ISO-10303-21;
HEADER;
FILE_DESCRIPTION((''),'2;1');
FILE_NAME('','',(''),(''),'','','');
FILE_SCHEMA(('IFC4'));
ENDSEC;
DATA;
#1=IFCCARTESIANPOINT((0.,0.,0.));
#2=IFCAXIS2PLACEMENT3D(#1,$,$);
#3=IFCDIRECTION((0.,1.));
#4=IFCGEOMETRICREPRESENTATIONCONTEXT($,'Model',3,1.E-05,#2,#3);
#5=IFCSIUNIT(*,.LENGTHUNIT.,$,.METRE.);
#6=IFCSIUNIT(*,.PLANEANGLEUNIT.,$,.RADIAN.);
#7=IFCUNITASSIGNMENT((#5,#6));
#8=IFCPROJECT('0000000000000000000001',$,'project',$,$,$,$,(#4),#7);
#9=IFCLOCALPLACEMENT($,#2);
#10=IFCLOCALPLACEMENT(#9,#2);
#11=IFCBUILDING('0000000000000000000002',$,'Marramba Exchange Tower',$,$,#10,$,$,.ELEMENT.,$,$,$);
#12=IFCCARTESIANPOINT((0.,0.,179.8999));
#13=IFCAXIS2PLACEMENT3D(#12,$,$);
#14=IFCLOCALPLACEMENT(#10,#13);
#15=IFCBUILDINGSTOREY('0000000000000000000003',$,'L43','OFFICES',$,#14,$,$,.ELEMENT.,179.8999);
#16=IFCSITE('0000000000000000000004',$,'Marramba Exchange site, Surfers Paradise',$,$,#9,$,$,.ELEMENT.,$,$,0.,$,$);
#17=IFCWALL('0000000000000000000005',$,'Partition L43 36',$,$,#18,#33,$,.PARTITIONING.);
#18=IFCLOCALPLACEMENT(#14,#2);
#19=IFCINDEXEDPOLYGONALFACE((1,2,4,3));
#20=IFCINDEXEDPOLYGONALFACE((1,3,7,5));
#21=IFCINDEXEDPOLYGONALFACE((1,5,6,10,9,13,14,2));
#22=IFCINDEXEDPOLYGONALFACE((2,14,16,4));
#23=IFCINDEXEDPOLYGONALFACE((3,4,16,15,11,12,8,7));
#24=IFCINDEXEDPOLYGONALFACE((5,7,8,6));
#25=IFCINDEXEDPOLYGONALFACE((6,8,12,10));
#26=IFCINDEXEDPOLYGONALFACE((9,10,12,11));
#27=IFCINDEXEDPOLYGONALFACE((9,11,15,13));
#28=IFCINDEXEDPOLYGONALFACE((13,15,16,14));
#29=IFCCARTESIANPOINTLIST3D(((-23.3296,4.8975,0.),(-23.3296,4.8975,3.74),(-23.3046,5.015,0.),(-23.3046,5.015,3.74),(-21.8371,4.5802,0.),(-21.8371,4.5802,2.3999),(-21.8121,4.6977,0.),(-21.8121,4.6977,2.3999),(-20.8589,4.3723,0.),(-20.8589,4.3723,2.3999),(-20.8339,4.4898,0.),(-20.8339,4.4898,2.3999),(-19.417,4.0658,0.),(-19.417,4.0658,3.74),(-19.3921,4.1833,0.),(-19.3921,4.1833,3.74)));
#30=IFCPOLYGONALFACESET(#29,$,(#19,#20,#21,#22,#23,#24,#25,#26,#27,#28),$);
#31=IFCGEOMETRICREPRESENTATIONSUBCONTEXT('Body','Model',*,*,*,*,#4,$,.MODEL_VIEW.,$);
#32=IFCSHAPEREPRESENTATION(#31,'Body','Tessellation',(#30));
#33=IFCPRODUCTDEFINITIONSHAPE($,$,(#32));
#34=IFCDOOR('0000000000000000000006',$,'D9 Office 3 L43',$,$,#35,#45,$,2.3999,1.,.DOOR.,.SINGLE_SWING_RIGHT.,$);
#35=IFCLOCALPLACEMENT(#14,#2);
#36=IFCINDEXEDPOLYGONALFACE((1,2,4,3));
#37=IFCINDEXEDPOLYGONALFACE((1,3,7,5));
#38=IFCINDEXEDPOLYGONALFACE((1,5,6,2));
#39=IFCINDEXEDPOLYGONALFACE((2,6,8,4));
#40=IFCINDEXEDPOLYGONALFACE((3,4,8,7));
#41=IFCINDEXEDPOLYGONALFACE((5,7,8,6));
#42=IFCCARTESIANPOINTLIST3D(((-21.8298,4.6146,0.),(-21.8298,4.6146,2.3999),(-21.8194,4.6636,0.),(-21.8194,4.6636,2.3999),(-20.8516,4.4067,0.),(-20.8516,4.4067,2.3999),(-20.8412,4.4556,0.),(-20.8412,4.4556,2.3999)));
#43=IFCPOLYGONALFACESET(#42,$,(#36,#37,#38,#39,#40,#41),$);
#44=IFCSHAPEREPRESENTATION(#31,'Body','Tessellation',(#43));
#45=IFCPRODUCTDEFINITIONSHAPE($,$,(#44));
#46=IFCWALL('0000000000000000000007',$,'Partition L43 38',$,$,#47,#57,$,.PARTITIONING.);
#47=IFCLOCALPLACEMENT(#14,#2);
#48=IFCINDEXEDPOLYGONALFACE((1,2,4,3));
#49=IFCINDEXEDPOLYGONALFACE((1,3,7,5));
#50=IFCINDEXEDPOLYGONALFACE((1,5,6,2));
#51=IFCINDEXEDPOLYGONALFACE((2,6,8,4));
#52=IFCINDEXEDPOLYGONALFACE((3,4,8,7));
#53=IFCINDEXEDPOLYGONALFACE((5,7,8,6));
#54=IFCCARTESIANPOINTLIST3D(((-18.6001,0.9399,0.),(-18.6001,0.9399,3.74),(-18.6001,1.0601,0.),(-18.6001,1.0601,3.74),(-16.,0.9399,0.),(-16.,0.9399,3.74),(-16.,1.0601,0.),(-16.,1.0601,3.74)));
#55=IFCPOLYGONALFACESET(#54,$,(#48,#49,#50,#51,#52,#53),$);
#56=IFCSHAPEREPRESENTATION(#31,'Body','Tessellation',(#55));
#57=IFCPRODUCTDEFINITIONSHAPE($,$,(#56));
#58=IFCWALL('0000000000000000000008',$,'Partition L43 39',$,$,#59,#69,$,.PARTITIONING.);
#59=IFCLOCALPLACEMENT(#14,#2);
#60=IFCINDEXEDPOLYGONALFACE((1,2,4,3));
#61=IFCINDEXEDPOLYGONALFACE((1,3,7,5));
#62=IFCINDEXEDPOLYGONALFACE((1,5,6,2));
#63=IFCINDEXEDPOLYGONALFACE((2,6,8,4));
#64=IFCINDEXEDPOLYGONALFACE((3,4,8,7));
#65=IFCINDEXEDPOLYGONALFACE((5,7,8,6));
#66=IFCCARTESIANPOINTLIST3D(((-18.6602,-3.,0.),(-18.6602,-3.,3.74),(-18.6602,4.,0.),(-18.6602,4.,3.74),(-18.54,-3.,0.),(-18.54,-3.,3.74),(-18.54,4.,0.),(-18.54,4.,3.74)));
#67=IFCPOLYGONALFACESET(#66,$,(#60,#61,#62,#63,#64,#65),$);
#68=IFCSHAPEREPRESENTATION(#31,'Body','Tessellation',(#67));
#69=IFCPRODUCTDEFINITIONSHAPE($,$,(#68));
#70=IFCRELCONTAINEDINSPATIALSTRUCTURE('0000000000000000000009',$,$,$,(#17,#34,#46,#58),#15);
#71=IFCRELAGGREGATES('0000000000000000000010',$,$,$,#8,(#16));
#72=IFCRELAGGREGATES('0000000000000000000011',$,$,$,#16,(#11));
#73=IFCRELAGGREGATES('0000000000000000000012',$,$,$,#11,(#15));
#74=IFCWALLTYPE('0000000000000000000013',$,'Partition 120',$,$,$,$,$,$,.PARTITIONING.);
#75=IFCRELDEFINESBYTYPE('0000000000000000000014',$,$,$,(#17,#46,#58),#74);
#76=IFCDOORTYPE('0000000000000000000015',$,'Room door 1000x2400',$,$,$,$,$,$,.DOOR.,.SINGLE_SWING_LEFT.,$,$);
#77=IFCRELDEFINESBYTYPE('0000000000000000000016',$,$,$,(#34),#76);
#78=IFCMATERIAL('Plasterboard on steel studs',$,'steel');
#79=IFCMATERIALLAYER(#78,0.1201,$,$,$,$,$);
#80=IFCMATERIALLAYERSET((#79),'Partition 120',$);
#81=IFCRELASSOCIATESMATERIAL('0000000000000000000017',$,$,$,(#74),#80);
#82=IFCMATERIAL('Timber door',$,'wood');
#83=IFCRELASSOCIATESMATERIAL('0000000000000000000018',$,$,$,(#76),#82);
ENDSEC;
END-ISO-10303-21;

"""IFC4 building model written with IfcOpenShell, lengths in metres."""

from ifc_helpers import new_model, si_unit, direction, frame, frame_2d, origin, place, context, subcontext, project, spatial, rectangle, extrude, material, layer, layer_set, type_object, element, fill, save


model = new_model("IFC4")

# Units and contexts
model_context = context("Model", 3, precision=1e-05, world=origin(), true_north=direction((0.0, 1.0)))
body_context = subcontext(model_context, "Body", "Model", "MODEL_VIEW")
ifc_project = project(units=[si_unit("LENGTHUNIT", "METRE"), si_unit("PLANEANGLEUNIT", "RADIAN")], contexts=[model_context])

# Site, building, storey
site_placement = place(None, origin())
site = spatial("IfcSite", under=ifc_project, at=site_placement, Name="Marramba Exchange site, Surfers Paradise", CompositionType="ELEMENT", RefElevation=0.0)
building_placement = place(site_placement, origin())
building = spatial("IfcBuilding", under=site, at=building_placement, Name="Marramba Exchange Tower", CompositionType="ELEMENT")
storey_placement = place(building_placement, frame((0.0, 0.0, 179.8999)))
storey = spatial("IfcBuildingStorey", under=building, at=storey_placement, Name="L43", Description="OFFICES", CompositionType="ELEMENT", Elevation=179.8999)

# Wall, opening, door
ifc_material_1 = material(Name="Plasterboard on steel studs", Category="steel")
ifc_layer_1 = layer(ifc_material_1, 0.1201)
ifc_layer_set_1 = layer_set([ifc_layer_1], Name="Partition 120")
wall_type_1 = type_object("IfcWallType", Name="Partition 120", PredefinedType="PARTITIONING", material=ifc_layer_set_1)
ifc_material_2 = material(Name="Timber door", Category="wood")
door_type_1 = type_object("IfcDoorType", Name="Room door 1000x2400", OperationType="SINGLE_SWING_LEFT", PredefinedType="DOOR", material=ifc_material_2)
wall_1_placement = place(storey_placement, frame((-19.4045, 4.1245, 0.0), z_axis=(0.0, 0.0, 1.0), x_axis=(-0.978141, 0.207945, 0.0)))
wall_1 = element("IfcWall", 1, at=wall_1_placement, inside=storey, type_object=wall_type_1, Name="Partition L43 36", PredefinedType="PARTITIONING", context=body_context, shape_type="SweptSolid", body=[
    extrude(rectangle(XDim=4.0, YDim=0.1201, at=frame_2d((2.0, 0.0))), origin(), (0.0, 0.0, 1.0), 3.74),
])
opening_1_placement = place(wall_1_placement, frame((1.4741, 0.0, 0.0)))
opening_1 = element("IfcOpeningElement", 2, at=opening_1_placement, cuts=wall_1, PredefinedType="OPENING", context=body_context, shape_type="SweptSolid", body=[
    extrude(rectangle(XDim=1.0, YDim=2.3999, at=frame_2d((0.5, 1.2))), frame((0.0, 0.0701, 0.0), z_axis=(0.0, -1.0, 0.0), x_axis=(1.0, 0.0, 0.0)), (0.0, 0.0, 1.0), 0.1401),
])
door_1_placement = place(opening_1_placement, origin())
door_1 = element("IfcDoor", 3, at=door_1_placement, inside=storey, type_object=door_type_1, Name="D9 Office 3 L43", OperationType="SINGLE_SWING_RIGHT", OverallHeight=2.3999, OverallWidth=1.0, PredefinedType="DOOR", context=body_context, shape_type="SweptSolid", body=[
    extrude(rectangle(XDim=1.0, YDim=2.3999, at=frame_2d((0.5, 1.2))), frame((0.0, 0.0249, 0.0), z_axis=(0.0, -1.0, 0.0), x_axis=(1.0, 0.0, 0.0)), (0.0, 0.0, 1.0), 0.05),
])
fill(opening_1, door_1)

# Walls
wall_2_placement = place(storey_placement, frame((-18.6001, 1.0, 0.0), z_axis=(0.0, 0.0, 1.0), x_axis=(1.0, 0.0, 0.0)))
element("IfcWall", 4, at=wall_2_placement, inside=storey, type_object=wall_type_1, Name="Partition L43 38", PredefinedType="PARTITIONING", context=body_context, shape_type="SweptSolid", body=[
    extrude(rectangle(XDim=2.6001, YDim=0.1201, at=frame_2d((1.3, 0.0))), origin(), (0.0, 0.0, 1.0), 3.74),
])
wall_3_placement = place(storey_placement, frame((-18.6001, 4.0, 0.0), z_axis=(0.0, 0.0, 1.0), x_axis=(0.0, -1.0, 0.0)))
element("IfcWall", 5, at=wall_3_placement, inside=storey, type_object=wall_type_1, Name="Partition L43 39", PredefinedType="PARTITIONING", context=body_context, shape_type="SweptSolid", body=[
    extrude(rectangle(XDim=7.0, YDim=0.1201, at=frame_2d((3.5, 0.0))), origin(), (0.0, 0.0, 1.0), 3.74),
])

save(model, "model.ifc")
